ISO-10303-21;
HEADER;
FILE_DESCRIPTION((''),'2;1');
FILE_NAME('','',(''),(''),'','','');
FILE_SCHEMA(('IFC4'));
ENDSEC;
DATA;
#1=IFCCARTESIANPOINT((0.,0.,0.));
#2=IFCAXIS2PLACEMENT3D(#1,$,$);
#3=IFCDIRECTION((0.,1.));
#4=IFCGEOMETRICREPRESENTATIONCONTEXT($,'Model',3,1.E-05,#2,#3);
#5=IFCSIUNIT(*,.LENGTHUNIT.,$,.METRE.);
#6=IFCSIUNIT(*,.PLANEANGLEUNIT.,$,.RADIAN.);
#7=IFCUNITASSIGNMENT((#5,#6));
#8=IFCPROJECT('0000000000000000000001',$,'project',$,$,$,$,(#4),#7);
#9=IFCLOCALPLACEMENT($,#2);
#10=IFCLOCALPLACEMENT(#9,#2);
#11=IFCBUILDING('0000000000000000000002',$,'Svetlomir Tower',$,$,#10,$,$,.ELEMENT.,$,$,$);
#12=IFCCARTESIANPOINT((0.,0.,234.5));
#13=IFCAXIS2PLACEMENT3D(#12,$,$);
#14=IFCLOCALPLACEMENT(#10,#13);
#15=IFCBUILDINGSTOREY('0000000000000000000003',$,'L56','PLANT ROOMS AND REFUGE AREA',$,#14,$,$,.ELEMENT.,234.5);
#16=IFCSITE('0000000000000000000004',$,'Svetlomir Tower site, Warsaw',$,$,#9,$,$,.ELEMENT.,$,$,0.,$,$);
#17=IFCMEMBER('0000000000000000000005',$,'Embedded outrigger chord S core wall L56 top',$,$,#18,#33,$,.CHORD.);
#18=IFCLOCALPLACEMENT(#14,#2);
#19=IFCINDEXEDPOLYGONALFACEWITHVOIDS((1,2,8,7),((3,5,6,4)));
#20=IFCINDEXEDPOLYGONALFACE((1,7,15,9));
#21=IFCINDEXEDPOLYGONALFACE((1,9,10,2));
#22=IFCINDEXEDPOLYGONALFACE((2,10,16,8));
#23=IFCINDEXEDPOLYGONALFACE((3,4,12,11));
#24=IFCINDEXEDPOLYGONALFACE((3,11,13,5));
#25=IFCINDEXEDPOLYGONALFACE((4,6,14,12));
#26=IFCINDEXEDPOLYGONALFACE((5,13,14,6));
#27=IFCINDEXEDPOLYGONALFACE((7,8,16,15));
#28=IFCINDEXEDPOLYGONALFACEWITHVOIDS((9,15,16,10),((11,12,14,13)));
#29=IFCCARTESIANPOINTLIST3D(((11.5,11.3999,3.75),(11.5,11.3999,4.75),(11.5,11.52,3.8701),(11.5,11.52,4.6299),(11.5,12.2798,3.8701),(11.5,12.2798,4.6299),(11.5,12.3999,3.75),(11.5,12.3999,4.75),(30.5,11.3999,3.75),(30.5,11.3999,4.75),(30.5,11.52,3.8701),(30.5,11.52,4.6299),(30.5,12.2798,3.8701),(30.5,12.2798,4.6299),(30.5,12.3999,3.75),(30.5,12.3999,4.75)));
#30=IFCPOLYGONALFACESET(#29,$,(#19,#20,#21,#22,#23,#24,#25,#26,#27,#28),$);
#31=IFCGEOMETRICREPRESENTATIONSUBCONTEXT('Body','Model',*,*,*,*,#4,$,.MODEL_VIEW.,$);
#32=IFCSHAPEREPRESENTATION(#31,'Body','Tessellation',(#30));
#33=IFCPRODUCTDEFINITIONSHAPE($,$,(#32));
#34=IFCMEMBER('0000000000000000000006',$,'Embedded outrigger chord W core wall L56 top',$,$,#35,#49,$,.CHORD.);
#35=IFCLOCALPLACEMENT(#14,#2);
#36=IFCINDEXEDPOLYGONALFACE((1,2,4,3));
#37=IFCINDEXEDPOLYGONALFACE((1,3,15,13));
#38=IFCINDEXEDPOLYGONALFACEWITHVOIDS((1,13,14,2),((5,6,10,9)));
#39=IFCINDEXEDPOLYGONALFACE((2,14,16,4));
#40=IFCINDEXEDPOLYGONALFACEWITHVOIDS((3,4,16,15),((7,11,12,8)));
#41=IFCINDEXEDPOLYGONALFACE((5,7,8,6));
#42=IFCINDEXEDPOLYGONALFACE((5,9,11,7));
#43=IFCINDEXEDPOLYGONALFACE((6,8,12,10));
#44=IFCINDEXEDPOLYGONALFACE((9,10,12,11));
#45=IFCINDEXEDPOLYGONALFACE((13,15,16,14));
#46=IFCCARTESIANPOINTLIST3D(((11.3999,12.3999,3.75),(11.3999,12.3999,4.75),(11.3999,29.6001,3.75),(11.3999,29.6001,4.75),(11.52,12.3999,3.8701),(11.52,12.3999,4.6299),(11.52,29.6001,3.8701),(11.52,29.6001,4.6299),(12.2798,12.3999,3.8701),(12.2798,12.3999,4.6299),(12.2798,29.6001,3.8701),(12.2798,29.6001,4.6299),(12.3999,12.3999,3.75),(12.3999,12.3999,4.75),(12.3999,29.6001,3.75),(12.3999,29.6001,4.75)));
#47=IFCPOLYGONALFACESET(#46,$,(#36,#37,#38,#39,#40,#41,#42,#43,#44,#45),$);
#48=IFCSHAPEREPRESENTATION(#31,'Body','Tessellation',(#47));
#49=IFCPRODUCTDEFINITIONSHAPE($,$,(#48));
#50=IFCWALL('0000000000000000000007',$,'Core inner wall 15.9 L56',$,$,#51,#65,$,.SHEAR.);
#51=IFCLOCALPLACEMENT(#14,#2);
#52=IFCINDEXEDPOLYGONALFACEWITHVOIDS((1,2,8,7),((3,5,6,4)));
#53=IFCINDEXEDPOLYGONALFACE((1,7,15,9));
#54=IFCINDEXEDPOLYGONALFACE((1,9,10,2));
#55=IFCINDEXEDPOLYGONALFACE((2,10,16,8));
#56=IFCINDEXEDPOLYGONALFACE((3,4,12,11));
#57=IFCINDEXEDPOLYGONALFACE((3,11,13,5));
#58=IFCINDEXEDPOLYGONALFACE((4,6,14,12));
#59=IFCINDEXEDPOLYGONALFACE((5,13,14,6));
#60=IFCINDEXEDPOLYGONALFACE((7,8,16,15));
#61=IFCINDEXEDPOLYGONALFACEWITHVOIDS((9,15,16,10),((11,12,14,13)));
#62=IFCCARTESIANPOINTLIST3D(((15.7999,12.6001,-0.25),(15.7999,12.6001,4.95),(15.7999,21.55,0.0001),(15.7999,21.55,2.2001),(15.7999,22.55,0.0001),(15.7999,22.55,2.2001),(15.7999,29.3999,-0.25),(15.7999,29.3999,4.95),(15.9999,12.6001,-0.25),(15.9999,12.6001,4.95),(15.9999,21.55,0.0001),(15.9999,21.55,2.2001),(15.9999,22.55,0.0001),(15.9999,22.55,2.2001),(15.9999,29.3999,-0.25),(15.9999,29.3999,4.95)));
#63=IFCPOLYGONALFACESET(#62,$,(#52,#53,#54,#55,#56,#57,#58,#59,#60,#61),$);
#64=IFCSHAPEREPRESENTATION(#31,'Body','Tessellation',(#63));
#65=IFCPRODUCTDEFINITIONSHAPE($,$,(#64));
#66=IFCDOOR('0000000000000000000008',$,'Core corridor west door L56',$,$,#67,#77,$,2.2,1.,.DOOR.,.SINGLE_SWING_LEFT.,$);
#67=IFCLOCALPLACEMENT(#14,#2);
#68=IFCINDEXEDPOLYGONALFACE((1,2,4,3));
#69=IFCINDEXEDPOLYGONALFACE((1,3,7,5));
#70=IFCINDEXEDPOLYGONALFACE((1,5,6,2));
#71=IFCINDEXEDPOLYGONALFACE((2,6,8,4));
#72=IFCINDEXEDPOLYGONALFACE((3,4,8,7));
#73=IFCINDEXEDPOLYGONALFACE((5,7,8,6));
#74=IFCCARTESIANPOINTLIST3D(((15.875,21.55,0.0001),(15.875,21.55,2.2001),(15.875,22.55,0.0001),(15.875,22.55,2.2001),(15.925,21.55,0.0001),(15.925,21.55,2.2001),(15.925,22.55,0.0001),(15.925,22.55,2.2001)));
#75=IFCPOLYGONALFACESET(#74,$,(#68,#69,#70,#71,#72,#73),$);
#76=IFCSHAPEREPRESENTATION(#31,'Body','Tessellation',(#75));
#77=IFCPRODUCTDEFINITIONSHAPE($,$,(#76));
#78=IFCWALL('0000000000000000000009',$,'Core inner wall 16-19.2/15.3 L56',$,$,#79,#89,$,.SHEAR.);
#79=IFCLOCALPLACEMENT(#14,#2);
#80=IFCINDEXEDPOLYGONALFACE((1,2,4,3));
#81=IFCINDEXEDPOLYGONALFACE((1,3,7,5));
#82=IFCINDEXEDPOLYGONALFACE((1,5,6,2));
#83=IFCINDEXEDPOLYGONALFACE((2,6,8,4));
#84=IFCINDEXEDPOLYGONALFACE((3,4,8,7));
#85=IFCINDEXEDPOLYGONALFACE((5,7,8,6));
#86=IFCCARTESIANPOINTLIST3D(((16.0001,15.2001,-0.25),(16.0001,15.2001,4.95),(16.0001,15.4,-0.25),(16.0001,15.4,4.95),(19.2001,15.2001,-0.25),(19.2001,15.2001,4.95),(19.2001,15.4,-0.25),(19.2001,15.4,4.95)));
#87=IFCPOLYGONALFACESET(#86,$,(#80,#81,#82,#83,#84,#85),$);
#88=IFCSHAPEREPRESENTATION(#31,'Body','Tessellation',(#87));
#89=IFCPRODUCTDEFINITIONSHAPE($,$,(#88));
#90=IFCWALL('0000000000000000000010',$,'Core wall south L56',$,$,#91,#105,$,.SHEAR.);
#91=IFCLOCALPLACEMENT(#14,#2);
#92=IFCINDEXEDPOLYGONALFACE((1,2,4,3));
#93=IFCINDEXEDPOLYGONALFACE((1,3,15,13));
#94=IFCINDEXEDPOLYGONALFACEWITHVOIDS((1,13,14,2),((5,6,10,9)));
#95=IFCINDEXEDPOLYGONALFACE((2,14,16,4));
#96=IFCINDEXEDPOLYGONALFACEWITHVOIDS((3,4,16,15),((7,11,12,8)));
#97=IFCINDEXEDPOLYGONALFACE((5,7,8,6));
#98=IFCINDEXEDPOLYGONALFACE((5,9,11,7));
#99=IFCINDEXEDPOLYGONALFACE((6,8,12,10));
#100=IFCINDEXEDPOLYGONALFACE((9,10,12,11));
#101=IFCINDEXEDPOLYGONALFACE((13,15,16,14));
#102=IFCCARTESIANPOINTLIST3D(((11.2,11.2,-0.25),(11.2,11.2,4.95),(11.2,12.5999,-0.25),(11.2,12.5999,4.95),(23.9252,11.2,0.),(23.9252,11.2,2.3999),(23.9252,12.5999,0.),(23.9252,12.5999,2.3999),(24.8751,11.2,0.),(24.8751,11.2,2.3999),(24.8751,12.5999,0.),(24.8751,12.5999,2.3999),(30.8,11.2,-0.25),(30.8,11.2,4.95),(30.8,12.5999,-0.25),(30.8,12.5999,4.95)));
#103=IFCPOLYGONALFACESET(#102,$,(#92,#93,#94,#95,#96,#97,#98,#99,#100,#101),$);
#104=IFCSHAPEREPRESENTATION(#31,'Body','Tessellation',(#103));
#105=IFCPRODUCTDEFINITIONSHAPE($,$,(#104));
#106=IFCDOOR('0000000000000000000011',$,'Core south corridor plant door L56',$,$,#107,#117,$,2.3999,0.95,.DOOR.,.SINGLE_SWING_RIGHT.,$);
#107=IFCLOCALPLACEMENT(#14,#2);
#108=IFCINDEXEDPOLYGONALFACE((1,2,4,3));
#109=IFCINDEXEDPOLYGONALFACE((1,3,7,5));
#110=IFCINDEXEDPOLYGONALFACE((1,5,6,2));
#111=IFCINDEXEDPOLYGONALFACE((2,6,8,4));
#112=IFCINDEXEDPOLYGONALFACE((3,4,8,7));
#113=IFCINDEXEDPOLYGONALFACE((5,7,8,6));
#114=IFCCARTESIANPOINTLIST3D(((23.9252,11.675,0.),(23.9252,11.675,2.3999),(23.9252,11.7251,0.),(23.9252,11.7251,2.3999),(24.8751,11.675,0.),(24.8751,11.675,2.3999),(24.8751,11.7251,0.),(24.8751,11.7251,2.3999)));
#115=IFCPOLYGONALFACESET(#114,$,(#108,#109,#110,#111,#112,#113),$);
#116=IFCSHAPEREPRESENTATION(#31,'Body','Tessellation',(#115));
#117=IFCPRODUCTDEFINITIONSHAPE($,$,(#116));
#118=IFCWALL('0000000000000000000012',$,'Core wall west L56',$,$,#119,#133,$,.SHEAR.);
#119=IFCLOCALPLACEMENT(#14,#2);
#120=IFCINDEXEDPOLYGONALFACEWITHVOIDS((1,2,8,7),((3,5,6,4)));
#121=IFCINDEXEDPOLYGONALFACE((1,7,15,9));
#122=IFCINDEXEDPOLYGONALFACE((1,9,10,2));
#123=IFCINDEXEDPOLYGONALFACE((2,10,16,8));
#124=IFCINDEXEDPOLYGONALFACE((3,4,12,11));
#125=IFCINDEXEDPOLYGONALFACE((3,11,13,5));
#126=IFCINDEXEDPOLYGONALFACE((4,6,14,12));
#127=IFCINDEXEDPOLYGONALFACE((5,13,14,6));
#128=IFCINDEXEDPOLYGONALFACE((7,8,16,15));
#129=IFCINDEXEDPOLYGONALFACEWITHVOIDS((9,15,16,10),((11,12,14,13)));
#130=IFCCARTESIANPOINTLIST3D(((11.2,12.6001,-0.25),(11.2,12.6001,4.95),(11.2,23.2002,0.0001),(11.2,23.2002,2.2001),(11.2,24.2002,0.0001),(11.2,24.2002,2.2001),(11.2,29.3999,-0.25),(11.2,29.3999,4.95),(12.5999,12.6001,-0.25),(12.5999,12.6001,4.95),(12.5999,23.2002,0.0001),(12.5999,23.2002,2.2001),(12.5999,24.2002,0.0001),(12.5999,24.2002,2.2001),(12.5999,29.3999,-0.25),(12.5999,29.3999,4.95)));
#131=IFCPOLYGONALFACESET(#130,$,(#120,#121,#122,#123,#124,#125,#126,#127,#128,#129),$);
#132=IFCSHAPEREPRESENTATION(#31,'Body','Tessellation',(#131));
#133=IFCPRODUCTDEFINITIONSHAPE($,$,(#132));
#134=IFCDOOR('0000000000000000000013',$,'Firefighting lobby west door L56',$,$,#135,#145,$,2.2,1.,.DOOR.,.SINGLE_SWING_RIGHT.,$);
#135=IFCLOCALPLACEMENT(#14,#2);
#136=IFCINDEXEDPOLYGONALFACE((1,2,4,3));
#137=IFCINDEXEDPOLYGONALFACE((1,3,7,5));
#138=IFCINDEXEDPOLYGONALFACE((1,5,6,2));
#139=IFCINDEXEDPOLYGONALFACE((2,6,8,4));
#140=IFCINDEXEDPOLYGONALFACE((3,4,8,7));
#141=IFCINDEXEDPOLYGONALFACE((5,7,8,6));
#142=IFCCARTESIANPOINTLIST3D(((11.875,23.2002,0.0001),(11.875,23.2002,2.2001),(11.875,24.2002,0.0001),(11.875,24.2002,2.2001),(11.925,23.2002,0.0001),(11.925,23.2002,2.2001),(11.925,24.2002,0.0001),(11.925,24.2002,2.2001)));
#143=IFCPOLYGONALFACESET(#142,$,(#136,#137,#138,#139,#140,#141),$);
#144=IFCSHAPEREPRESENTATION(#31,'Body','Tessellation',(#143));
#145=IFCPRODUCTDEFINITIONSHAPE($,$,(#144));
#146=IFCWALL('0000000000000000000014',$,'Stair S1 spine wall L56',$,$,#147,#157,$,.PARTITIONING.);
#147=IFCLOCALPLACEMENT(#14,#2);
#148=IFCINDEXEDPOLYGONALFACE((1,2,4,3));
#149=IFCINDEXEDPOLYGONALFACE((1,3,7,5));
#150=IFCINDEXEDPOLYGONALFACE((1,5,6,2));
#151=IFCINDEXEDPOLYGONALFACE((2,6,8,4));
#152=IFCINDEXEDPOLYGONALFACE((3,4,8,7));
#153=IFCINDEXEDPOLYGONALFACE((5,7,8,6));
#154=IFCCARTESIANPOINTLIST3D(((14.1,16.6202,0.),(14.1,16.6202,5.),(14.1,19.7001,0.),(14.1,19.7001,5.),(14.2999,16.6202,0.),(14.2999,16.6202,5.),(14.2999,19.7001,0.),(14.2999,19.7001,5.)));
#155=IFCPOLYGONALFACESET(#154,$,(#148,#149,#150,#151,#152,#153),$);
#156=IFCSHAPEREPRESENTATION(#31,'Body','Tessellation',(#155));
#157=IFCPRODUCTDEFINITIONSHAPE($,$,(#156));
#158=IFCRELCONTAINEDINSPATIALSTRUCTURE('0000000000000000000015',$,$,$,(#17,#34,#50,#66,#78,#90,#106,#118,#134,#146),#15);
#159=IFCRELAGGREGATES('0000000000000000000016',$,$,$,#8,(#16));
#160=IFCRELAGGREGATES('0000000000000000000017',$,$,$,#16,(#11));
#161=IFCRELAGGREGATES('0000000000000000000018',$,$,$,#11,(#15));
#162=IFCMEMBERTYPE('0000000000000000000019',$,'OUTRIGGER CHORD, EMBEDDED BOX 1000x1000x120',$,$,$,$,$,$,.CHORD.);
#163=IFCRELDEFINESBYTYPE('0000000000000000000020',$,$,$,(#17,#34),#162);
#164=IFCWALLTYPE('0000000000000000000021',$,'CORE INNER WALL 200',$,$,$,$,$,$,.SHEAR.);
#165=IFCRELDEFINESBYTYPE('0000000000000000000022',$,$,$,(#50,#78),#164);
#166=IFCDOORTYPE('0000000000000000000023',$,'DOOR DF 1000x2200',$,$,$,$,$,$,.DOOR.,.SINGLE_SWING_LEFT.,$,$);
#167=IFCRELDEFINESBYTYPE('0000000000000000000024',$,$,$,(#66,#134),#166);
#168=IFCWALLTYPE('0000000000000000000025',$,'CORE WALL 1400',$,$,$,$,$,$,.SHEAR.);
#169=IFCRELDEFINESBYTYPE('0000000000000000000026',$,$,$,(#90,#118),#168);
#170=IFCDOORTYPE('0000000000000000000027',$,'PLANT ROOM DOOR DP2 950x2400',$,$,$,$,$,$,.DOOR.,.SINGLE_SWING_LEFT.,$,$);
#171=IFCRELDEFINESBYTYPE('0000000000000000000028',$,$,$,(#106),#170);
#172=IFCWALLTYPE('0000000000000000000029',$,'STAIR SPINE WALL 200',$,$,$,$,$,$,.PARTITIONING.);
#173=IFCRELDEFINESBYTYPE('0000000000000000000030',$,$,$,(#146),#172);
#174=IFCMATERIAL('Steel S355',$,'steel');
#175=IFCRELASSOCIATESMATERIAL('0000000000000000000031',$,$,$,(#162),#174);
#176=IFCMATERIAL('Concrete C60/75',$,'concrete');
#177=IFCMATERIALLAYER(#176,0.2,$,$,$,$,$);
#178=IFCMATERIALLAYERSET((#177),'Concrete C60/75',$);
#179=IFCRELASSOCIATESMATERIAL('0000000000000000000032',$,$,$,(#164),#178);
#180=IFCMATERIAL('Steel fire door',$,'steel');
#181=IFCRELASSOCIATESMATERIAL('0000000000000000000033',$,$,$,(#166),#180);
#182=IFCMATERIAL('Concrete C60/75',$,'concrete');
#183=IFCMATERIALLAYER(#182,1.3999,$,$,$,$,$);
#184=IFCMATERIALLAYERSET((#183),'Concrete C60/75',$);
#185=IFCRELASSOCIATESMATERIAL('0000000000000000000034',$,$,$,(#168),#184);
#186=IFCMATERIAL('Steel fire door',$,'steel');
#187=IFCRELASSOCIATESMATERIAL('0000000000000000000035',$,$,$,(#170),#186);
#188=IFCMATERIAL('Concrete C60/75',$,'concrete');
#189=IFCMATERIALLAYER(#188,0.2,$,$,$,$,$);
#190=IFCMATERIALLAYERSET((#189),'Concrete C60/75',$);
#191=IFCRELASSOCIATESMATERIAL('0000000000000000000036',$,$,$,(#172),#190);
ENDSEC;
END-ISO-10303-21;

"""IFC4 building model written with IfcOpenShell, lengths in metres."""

from ifc_helpers import new_model, si_unit, direction, frame, frame_2d, origin, origin_2d, place, context, subcontext, project, spatial, rectangle, hollow_rectangle, extrude, material, layer, layer_set, material_profile, profile_set, type_object, element, fill, save


model = new_model("IFC4")

# Units and contexts
model_context = context("Model", 3, precision=1e-05, world=origin(), true_north=direction((0.0, 1.0)))
body_context = subcontext(model_context, "Body", "Model", "MODEL_VIEW")
ifc_project = project(units=[si_unit("LENGTHUNIT", "METRE"), si_unit("PLANEANGLEUNIT", "RADIAN")], contexts=[model_context])

# Site, building, storey
site_placement = place(None, origin())
site = spatial("IfcSite", under=ifc_project, at=site_placement, Name="Svetlomir Tower site, Warsaw", CompositionType="ELEMENT", RefElevation=0.0)
building_placement = place(site_placement, origin())
building = spatial("IfcBuilding", under=site, at=building_placement, Name="Svetlomir Tower", CompositionType="ELEMENT")
storey_placement = place(building_placement, frame((0.0, 0.0, 234.5)))
storey = spatial("IfcBuildingStorey", under=building, at=storey_placement, Name="L56", Description="PLANT ROOMS AND REFUGE AREA", CompositionType="ELEMENT", Elevation=234.5)

# Members
ifc_material_1 = material(Name="Steel S355", Category="steel")
ifc_material_profile_1 = material_profile(ifc_material_1, hollow_rectangle(XDim=1.0, YDim=1.0, WallThickness=0.1201, at=origin_2d()), Name="BOX 1000x1000x120")
ifc_profile_set_1 = profile_set([ifc_material_profile_1], Name="Steel S355")
member_type_1 = type_object("IfcMemberType", Name="OUTRIGGER CHORD, EMBEDDED BOX 1000x1000x120", PredefinedType="CHORD", material=ifc_profile_set_1)
member_1_placement = place(storey_placement, frame((11.5, 11.8999, 4.25), z_axis=(1.0, 0.0, 0.0), x_axis=(0.0, 1.0, 0.0)))
element("IfcMember", 1, at=member_1_placement, inside=storey, type_object=member_type_1, Name="Embedded outrigger chord S core wall L56 top", PredefinedType="CHORD", context=body_context, shape_type="SweptSolid", body=[
    extrude(hollow_rectangle(XDim=1.0, YDim=1.0, WallThickness=0.1201, at=origin_2d()), origin(), (0.0, 0.0, 1.0), 19.0),
])
member_2_placement = place(storey_placement, frame((11.8999, 12.3999, 4.25), z_axis=(0.0, 1.0, 0.0), x_axis=(-1.0, 0.0, 0.0)))
element("IfcMember", 2, at=member_2_placement, inside=storey, type_object=member_type_1, Name="Embedded outrigger chord W core wall L56 top", PredefinedType="CHORD", context=body_context, shape_type="SweptSolid", body=[
    extrude(hollow_rectangle(XDim=1.0, YDim=1.0, WallThickness=0.1201, at=origin_2d()), origin(), (0.0, 0.0, 1.0), 17.2002),
])

# Wall, opening, door
ifc_material_2 = material(Name="Concrete C60/75", Category="concrete")
ifc_layer_1 = layer(ifc_material_2, 0.2)
ifc_layer_set_1 = layer_set([ifc_layer_1], Name="Concrete C60/75")
wall_type_1 = type_object("IfcWallType", Name="CORE INNER WALL 200", PredefinedType="SHEAR", material=ifc_layer_set_1)
wall_1_placement = place(storey_placement, frame((15.8999, 12.6001, -0.25), z_axis=(0.0, 0.0, 1.0), x_axis=(0.0, 1.0, 0.0)))
wall_1 = element("IfcWall", 3, at=wall_1_placement, inside=storey, type_object=wall_type_1, Name="Core inner wall 15.9 L56", PredefinedType="SHEAR", context=body_context, shape_type="SweptSolid", body=[
    extrude(rectangle(XDim=16.7998, YDim=0.2, at=frame_2d((8.3999, 0.0))), origin(), (0.0, 0.0, 1.0), 5.2),
])
opening_1_placement = place(wall_1_placement, frame((8.95, 0.0, 0.25)))
opening_1 = element("IfcOpeningElement", 4, at=opening_1_placement, cuts=wall_1, PredefinedType="OPENING", context=body_context, shape_type="SweptSolid", body=[
    extrude(rectangle(XDim=1.0, YDim=2.2, at=frame_2d((0.5, 1.1001))), frame((0.0, 0.1099, 0.0), z_axis=(0.0, -1.0, 0.0), x_axis=(1.0, 0.0, 0.0)), (0.0, 0.0, 1.0), 0.22),
])
ifc_material_3 = material(Name="Steel fire door", Category="steel")
door_type_1 = type_object("IfcDoorType", Name="DOOR DF 1000x2200", OperationType="SINGLE_SWING_LEFT", PredefinedType="DOOR", material=ifc_material_3)
door_1_placement = place(opening_1_placement, origin())
door_1 = element("IfcDoor", 5, at=door_1_placement, inside=storey, type_object=door_type_1, Name="Core corridor west door L56", OperationType="SINGLE_SWING_LEFT", OverallHeight=2.2, OverallWidth=1.0, PredefinedType="DOOR", context=body_context, shape_type="SweptSolid", body=[
    extrude(rectangle(XDim=1.0, YDim=2.2, at=frame_2d((0.5, 1.1001))), frame((0.0, 0.0249, 0.0), z_axis=(0.0, -1.0, 0.0), x_axis=(1.0, 0.0, 0.0)), (0.0, 0.0, 1.0), 0.05),
])
fill(opening_1, door_1)

# Wall
wall_2_placement = place(storey_placement, frame((16.0, 15.3, -0.25), z_axis=(0.0, 0.0, 1.0), x_axis=(1.0, 0.0, 0.0)))
element("IfcWall", 6, at=wall_2_placement, inside=storey, type_object=wall_type_1, Name="Core inner wall 16-19.2/15.3 L56", PredefinedType="SHEAR", context=body_context, shape_type="SweptSolid", body=[
    extrude(rectangle(XDim=3.2, YDim=0.2, at=frame_2d((1.6001, 0.0))), origin(), (0.0, 0.0, 1.0), 5.2),
])

# Walls, openings, doors
ifc_material_4 = material(Name="Concrete C60/75", Category="concrete")
ifc_layer_2 = layer(ifc_material_4, 1.3999)
ifc_layer_set_2 = layer_set([ifc_layer_2], Name="Concrete C60/75")
wall_type_2 = type_object("IfcWallType", Name="CORE WALL 1400", PredefinedType="SHEAR", material=ifc_layer_set_2)
wall_3_placement = place(storey_placement, frame((11.2, 11.8999, -0.25), z_axis=(0.0, 0.0, 1.0), x_axis=(1.0, 0.0, 0.0)))
wall_3 = element("IfcWall", 7, at=wall_3_placement, inside=storey, type_object=wall_type_2, Name="Core wall south L56", PredefinedType="SHEAR", context=body_context, shape_type="SweptSolid", body=[
    extrude(rectangle(XDim=19.6001, YDim=1.3999, at=frame_2d((9.8, 0.0))), origin(), (0.0, 0.0, 1.0), 5.2),
])
opening_2_placement = place(wall_3_placement, frame((12.7251, 0.0, 0.25)))
opening_2 = element("IfcOpeningElement", 8, at=opening_2_placement, cuts=wall_3, PredefinedType="OPENING", context=body_context, shape_type="SweptSolid", body=[
    extrude(rectangle(XDim=0.95, YDim=2.3999, at=frame_2d((0.4751, 1.2))), frame((0.0, 0.71, 0.0), z_axis=(0.0, -1.0, 0.0), x_axis=(1.0, 0.0, 0.0)), (0.0, 0.0, 1.0), 1.4199),
])
ifc_material_5 = material(Name="Steel fire door", Category="steel")
door_type_2 = type_object("IfcDoorType", Name="PLANT ROOM DOOR DP2 950x2400", OperationType="SINGLE_SWING_LEFT", PredefinedType="DOOR", material=ifc_material_5)
door_2_placement = place(opening_2_placement, origin())
door_2 = element("IfcDoor", 9, at=door_2_placement, inside=storey, type_object=door_type_2, Name="Core south corridor plant door L56", OperationType="SINGLE_SWING_RIGHT", OverallHeight=2.3999, OverallWidth=0.95, PredefinedType="DOOR", context=body_context, shape_type="SweptSolid", body=[
    extrude(rectangle(XDim=0.95, YDim=2.3999, at=frame_2d((0.4751, 1.2))), frame((0.0, -0.1748, 0.0), z_axis=(0.0, -1.0, 0.0), x_axis=(1.0, 0.0, 0.0)), (0.0, 0.0, 1.0), 0.05),
])
fill(opening_2, door_2)
wall_4_placement = place(storey_placement, frame((11.8999, 12.6001, -0.25), z_axis=(0.0, 0.0, 1.0), x_axis=(0.0, 1.0, 0.0)))
wall_4 = element("IfcWall", 10, at=wall_4_placement, inside=storey, type_object=wall_type_2, Name="Core wall west L56", PredefinedType="SHEAR", context=body_context, shape_type="SweptSolid", body=[
    extrude(rectangle(XDim=16.7998, YDim=1.3999, at=frame_2d((8.3999, 0.0))), origin(), (0.0, 0.0, 1.0), 5.2),
])
opening_3_placement = place(wall_4_placement, frame((10.6001, 0.0, 0.25)))
opening_3 = element("IfcOpeningElement", 11, at=opening_3_placement, cuts=wall_4, PredefinedType="OPENING", context=body_context, shape_type="SweptSolid", body=[
    extrude(rectangle(XDim=1.0, YDim=2.2, at=frame_2d((0.5, 1.1001))), frame((0.0, 0.71, 0.0), z_axis=(0.0, -1.0, 0.0), x_axis=(1.0, 0.0, 0.0)), (0.0, 0.0, 1.0), 1.4199),
])
door_3_placement = place(opening_3_placement, origin())
door_3 = element("IfcDoor", 12, at=door_3_placement, inside=storey, type_object=door_type_1, Name="Firefighting lobby west door L56", OperationType="SINGLE_SWING_RIGHT", OverallHeight=2.2, OverallWidth=1.0, PredefinedType="DOOR", context=body_context, shape_type="SweptSolid", body=[
    extrude(rectangle(XDim=1.0, YDim=2.2, at=frame_2d((0.5, 1.1001))), frame((0.0, 0.0249, 0.0), z_axis=(0.0, -1.0, 0.0), x_axis=(1.0, 0.0, 0.0)), (0.0, 0.0, 1.0), 0.05),
])
fill(opening_3, door_3)

# Wall
ifc_material_6 = material(Name="Concrete C60/75", Category="concrete")
ifc_layer_3 = layer(ifc_material_6, 0.2)
ifc_layer_set_3 = layer_set([ifc_layer_3], Name="Concrete C60/75")
wall_type_3 = type_object("IfcWallType", Name="STAIR SPINE WALL 200", PredefinedType="PARTITIONING", material=ifc_layer_set_3)
wall_5_placement = place(storey_placement, frame((14.2, 16.6201, 0.0), z_axis=(0.0, 0.0, 1.0), x_axis=(0.0, 1.0, 0.0)))
element("IfcWall", 13, at=wall_5_placement, inside=storey, type_object=wall_type_3, Name="Stair S1 spine wall L56", PredefinedType="PARTITIONING", context=body_context, shape_type="SweptSolid", body=[
    extrude(rectangle(XDim=3.0798, YDim=0.2, at=frame_2d((1.54, 0.0))), origin(), (0.0, 0.0, 1.0), 5.0),
])

save(model, "model.ifc")
